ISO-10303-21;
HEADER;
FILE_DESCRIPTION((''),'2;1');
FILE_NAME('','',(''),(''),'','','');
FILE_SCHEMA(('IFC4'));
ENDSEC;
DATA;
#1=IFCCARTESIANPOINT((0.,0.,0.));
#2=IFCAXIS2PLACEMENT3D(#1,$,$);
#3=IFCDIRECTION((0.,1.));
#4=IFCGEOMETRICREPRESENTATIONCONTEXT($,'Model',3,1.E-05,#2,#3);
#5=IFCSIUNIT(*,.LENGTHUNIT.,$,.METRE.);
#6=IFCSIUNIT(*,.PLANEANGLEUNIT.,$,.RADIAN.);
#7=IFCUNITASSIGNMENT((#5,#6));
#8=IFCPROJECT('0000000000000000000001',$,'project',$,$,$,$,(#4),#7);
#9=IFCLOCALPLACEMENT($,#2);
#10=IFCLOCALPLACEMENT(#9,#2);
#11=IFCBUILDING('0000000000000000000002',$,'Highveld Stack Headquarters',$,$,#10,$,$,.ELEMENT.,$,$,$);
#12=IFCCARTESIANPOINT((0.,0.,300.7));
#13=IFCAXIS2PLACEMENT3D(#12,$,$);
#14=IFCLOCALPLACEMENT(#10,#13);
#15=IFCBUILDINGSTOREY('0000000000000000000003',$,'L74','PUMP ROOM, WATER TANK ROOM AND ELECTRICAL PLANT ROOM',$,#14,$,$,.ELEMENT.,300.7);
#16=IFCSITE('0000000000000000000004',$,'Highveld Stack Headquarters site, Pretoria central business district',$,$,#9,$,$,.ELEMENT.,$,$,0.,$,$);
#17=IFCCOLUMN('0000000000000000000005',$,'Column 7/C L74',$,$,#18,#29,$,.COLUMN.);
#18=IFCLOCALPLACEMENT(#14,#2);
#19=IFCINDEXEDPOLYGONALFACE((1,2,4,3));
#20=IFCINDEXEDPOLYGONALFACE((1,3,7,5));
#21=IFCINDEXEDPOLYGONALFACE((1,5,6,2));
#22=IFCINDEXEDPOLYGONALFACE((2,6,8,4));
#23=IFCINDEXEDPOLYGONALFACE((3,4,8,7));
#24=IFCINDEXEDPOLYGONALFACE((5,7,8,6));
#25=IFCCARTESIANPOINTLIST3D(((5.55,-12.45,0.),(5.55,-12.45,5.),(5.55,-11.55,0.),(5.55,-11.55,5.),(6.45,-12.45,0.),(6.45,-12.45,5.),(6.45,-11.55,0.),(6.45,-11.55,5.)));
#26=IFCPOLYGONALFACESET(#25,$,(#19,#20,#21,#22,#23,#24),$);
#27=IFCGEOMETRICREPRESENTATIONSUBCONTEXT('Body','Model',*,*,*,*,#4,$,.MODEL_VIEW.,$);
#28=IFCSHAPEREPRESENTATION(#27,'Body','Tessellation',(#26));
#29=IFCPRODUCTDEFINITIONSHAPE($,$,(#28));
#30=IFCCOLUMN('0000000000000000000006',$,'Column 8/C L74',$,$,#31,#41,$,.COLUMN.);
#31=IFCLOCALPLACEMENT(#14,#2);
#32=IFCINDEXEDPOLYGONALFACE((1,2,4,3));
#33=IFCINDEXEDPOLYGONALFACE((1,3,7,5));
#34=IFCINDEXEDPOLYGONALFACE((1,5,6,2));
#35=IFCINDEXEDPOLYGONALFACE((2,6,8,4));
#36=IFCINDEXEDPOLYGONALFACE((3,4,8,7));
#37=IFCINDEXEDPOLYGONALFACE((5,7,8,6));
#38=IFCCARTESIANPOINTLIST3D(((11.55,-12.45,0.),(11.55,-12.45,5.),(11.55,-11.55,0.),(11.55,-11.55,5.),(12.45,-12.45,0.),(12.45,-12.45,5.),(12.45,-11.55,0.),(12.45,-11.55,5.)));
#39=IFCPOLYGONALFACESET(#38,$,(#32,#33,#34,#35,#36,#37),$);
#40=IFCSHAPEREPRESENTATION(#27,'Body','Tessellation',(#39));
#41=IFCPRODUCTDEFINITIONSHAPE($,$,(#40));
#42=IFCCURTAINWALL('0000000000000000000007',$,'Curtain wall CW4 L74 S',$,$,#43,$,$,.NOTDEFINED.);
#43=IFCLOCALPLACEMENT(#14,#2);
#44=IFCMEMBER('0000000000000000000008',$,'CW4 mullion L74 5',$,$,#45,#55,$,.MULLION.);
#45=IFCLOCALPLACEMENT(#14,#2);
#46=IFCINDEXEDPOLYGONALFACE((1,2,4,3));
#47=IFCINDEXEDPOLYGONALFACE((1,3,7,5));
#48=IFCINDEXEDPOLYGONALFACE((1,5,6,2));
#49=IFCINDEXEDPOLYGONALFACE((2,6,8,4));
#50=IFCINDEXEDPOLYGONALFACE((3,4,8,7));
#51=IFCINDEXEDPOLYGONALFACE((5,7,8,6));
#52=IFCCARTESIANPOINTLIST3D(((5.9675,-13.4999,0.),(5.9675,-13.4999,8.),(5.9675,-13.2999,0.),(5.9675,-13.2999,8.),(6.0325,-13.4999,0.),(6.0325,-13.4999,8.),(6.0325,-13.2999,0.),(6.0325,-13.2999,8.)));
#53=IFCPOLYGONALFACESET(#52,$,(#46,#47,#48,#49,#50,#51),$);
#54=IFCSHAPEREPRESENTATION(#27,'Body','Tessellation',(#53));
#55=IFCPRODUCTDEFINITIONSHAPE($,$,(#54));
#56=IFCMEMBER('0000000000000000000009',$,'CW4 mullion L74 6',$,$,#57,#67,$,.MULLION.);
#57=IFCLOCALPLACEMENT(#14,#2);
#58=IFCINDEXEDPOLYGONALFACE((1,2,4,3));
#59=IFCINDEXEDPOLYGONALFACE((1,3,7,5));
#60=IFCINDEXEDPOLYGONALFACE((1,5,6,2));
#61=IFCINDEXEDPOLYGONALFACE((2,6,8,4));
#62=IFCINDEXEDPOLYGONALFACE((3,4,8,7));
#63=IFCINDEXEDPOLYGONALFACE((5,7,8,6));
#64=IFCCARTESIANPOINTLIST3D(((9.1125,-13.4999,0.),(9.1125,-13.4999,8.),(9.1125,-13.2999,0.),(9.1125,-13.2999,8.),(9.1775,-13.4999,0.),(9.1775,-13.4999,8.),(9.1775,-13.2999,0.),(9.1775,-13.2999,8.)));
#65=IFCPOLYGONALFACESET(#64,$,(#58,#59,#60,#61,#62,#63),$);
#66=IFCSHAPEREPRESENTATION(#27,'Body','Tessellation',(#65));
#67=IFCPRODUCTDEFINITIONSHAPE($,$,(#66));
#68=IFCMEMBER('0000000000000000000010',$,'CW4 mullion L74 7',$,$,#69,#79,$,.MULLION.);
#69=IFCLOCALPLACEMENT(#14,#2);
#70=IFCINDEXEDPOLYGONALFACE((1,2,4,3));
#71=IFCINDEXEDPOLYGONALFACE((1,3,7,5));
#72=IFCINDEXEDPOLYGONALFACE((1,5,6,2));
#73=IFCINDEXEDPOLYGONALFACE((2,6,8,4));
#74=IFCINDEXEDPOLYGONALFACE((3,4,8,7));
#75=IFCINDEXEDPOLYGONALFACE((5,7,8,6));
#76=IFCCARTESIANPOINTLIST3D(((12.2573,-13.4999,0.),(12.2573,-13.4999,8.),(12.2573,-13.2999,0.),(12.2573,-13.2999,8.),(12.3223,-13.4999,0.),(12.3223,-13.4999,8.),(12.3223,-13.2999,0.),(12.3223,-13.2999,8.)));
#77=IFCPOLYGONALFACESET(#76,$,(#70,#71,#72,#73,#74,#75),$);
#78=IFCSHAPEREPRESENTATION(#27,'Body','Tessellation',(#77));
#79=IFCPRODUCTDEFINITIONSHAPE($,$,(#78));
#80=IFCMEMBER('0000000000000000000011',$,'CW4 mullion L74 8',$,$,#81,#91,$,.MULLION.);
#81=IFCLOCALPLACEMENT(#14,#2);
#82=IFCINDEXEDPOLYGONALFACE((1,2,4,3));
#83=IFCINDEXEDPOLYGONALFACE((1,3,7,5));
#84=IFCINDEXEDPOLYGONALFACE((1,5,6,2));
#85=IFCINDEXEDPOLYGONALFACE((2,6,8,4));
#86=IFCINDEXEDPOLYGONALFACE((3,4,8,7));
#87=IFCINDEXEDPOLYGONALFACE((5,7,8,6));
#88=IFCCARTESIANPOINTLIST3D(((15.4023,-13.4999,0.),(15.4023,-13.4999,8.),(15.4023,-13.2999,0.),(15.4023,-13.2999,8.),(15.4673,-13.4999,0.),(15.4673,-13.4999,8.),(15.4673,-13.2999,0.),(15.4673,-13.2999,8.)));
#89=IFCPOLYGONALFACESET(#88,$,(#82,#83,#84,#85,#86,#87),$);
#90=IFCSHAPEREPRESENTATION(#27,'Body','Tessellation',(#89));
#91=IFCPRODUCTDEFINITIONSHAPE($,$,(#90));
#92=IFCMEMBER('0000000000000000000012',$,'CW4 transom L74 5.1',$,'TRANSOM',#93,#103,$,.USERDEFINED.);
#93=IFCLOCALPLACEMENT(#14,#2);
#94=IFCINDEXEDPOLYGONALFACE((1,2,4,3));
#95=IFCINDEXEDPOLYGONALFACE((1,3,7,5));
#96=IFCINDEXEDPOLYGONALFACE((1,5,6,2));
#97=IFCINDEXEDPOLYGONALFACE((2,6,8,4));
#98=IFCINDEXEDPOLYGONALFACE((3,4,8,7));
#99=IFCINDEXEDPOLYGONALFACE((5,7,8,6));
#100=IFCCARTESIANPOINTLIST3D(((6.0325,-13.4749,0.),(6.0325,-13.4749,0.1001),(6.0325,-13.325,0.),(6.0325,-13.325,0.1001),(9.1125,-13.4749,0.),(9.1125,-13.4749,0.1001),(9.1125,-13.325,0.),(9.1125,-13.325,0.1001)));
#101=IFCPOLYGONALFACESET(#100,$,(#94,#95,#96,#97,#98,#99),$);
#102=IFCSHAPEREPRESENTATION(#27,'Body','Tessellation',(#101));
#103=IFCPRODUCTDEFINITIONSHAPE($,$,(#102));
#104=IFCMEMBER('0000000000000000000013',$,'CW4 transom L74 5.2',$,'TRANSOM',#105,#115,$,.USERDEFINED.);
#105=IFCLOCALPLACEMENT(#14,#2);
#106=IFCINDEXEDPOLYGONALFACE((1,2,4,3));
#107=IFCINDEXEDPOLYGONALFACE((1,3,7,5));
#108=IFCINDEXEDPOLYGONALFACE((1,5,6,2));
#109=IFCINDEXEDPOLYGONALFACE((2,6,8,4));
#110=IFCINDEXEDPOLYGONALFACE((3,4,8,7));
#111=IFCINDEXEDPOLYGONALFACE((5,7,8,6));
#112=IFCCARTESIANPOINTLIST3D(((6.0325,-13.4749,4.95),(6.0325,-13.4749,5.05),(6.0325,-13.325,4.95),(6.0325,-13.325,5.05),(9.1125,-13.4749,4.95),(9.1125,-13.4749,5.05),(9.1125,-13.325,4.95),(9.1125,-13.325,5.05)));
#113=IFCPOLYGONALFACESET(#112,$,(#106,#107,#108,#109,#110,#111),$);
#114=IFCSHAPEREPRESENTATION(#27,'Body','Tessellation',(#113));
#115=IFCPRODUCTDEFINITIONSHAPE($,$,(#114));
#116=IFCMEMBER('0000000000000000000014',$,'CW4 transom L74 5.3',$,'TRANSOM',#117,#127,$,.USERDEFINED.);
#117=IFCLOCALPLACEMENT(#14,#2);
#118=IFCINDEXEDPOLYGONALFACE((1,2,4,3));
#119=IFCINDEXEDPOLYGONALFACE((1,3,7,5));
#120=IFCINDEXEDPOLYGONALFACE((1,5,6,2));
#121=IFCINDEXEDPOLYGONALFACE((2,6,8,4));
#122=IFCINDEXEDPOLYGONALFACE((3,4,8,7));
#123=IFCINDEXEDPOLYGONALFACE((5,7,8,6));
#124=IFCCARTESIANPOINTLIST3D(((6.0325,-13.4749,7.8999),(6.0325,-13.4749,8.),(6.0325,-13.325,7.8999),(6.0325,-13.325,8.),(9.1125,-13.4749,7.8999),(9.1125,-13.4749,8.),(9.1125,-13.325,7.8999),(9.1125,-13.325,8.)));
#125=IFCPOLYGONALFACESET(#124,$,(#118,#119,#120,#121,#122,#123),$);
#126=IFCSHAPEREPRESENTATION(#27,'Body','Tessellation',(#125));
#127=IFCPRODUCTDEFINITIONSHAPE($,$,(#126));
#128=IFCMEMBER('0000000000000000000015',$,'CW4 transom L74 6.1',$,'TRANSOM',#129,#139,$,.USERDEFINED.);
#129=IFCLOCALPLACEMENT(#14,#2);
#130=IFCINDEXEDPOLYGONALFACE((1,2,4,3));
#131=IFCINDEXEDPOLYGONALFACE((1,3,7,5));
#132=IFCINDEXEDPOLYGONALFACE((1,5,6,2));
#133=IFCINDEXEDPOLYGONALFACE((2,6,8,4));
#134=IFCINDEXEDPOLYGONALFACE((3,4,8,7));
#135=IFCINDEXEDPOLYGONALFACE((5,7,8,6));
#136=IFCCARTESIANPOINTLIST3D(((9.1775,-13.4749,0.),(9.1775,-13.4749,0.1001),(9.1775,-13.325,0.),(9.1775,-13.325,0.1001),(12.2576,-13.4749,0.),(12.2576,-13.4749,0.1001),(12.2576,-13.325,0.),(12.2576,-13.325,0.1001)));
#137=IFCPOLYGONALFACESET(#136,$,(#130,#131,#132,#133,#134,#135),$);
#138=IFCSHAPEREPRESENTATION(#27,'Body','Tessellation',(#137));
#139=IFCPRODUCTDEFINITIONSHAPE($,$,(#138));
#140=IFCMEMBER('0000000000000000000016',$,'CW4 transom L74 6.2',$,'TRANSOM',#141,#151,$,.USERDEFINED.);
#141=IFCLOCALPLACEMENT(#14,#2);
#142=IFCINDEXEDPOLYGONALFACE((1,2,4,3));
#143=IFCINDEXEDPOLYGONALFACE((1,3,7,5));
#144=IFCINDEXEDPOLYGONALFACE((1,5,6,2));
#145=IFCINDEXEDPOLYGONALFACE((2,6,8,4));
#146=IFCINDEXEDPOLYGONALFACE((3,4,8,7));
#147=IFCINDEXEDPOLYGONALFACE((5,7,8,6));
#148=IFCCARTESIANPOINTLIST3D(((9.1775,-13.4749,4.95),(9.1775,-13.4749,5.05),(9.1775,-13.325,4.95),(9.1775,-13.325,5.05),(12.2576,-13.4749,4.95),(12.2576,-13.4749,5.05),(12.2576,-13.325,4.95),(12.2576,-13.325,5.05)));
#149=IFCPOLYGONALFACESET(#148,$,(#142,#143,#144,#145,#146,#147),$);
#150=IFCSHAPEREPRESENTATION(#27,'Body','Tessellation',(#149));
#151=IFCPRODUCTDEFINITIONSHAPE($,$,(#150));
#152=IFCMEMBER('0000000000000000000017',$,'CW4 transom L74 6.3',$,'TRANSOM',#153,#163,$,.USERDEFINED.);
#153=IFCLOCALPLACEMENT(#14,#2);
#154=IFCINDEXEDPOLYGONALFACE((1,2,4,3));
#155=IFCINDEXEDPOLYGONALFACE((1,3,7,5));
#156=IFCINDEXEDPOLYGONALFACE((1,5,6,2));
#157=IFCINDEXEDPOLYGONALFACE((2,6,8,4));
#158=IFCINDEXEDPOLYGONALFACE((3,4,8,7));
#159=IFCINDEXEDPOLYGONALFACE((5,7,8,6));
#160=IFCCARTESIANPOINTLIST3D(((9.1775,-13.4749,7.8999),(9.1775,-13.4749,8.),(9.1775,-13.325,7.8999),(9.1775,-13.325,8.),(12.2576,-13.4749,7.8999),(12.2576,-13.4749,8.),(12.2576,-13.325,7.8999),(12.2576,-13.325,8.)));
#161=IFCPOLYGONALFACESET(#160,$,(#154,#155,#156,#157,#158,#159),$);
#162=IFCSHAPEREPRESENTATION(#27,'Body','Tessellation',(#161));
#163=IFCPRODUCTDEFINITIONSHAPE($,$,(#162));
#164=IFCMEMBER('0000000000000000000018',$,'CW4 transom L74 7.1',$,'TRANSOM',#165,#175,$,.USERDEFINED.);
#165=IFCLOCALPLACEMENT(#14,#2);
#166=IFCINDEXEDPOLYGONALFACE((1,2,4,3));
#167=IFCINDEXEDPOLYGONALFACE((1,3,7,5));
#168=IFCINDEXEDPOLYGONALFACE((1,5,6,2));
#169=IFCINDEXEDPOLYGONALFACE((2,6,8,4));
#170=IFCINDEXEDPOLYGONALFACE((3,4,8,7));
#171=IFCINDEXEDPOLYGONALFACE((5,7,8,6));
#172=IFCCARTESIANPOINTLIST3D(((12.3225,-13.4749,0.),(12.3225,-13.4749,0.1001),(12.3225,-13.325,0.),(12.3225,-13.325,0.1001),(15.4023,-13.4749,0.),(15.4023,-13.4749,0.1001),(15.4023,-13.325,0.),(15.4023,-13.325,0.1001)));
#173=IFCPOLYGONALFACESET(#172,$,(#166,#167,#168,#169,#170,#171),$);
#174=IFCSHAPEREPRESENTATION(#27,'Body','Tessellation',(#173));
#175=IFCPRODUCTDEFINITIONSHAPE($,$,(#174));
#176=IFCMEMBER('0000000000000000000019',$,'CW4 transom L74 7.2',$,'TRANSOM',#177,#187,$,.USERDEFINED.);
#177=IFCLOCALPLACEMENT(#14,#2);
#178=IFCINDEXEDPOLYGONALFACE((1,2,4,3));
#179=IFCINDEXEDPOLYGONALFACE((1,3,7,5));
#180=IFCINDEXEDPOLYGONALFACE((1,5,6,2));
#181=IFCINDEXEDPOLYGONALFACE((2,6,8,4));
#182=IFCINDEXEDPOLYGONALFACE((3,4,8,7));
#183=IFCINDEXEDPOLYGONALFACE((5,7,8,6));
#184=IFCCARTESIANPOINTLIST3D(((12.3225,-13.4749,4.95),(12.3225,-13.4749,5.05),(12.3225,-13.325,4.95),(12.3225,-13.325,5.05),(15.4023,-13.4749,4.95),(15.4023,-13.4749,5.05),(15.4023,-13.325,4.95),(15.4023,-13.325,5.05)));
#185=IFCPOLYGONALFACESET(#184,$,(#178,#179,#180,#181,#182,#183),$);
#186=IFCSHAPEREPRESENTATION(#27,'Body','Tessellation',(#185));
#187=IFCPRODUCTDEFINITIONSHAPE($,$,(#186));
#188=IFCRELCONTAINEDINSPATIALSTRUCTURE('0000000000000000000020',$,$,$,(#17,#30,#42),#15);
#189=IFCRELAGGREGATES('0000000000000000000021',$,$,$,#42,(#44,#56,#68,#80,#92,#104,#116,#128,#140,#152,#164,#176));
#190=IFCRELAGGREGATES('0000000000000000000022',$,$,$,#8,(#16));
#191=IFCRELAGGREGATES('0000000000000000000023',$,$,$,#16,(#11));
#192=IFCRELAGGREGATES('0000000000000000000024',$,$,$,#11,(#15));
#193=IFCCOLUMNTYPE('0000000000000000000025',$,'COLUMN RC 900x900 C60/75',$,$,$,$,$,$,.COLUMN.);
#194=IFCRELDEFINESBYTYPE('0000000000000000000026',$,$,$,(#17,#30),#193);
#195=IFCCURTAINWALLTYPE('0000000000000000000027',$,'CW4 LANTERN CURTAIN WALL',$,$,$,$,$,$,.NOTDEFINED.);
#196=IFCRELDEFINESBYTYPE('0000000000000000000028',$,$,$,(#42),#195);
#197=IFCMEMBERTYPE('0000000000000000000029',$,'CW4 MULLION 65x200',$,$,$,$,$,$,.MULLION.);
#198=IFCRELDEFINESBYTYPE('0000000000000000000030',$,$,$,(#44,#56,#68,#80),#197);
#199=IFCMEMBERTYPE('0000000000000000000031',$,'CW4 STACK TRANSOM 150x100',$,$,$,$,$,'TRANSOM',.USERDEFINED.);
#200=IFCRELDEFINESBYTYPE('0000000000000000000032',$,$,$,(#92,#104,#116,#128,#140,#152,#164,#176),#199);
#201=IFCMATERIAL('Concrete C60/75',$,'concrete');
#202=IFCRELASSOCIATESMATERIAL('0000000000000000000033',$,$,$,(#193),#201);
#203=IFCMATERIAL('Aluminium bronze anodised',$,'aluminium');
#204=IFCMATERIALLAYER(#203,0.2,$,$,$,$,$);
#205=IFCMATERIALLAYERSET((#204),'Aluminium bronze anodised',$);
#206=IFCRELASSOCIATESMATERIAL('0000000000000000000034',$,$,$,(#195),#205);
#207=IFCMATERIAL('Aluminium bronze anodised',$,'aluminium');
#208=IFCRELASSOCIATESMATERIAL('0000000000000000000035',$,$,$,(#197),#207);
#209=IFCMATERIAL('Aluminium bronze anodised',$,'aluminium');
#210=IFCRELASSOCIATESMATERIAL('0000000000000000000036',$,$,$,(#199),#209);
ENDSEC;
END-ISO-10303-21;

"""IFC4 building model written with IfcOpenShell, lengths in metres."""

from ifc_helpers import new_model, si_unit, direction, frame, origin, origin_2d, place, context, subcontext, project, spatial, rectangle, extrude, material, layer, layer_set, material_profile, profile_set, type_object, element, aggregate, save


model = new_model("IFC4")

# Units and contexts
model_context = context("Model", 3, precision=1e-05, world=origin(), true_north=direction((0.0, 1.0)))
body_context = subcontext(model_context, "Body", "Model", "MODEL_VIEW")
ifc_project = project(units=[si_unit("LENGTHUNIT", "METRE"), si_unit("PLANEANGLEUNIT", "RADIAN")], contexts=[model_context])

# Site, building, storey
site_placement = place(None, origin())
site = spatial("IfcSite", under=ifc_project, at=site_placement, Name="Highveld Stack Headquarters site, Pretoria central business district", CompositionType="ELEMENT", RefElevation=0.0)
building_placement = place(site_placement, origin())
building = spatial("IfcBuilding", under=site, at=building_placement, Name="Highveld Stack Headquarters", CompositionType="ELEMENT")
storey_placement = place(building_placement, frame((0.0, 0.0, 300.7)))
storey = spatial("IfcBuildingStorey", under=building, at=storey_placement, Name="L74", Description="PUMP ROOM, WATER TANK ROOM AND ELECTRICAL PLANT ROOM", CompositionType="ELEMENT", Elevation=300.7)

# Columns
ifc_material_1 = material(Name="Concrete C60/75", Category="concrete")
ifc_material_profile_1 = material_profile(ifc_material_1, rectangle(XDim=0.8999, YDim=0.8999, at=origin_2d()), Name="RC 900x900")
ifc_profile_set_1 = profile_set([ifc_material_profile_1], Name="Concrete C60/75")
column_type = type_object("IfcColumnType", Name="COLUMN RC 900x900 C60/75", PredefinedType="COLUMN", material=ifc_profile_set_1)
for number, where, z_axis, x_axis, name in (
    (1, (6.0, -12.0, 0.0), (0.0, 0.0, 1.0), (1.0, 0.0, 0.0), "Column 7/C L74"),
    (2, (12.0, -12.0, 0.0), (0.0, 0.0, 1.0), (1.0, 0.0, 0.0), "Column 8/C L74"),
):
    element("IfcColumn", number, at=place(storey_placement, frame(where, z_axis=z_axis, x_axis=x_axis)), inside=storey, type_object=column_type, Name=name, PredefinedType="COLUMN", context=body_context, shape_type="SweptSolid", body=[
        extrude(rectangle(XDim=0.8999, YDim=0.8999, at=origin_2d()), origin(), (0.0, 0.0, 1.0), 5.0),
    ])

# Curtain wall, members
ifc_material_2 = material(Name="Aluminium bronze anodised", Category="aluminium")
ifc_layer_1 = layer(ifc_material_2, 0.2)
ifc_layer_set_1 = layer_set([ifc_layer_1], Name="Aluminium bronze anodised")
curtain_wall_type = type_object("IfcCurtainWallType", Name="CW4 LANTERN CURTAIN WALL", PredefinedType="NOTDEFINED", material=ifc_layer_set_1)
curtain_wall_placement = place(storey_placement, origin())
curtain_wall = element("IfcCurtainWall", 3, at=curtain_wall_placement, inside=storey, type_object=curtain_wall_type, Name="Curtain wall CW4 L74 S", PredefinedType="NOTDEFINED")
ifc_material_3 = material(Name="Aluminium bronze anodised", Category="aluminium")
ifc_material_profile_2 = material_profile(ifc_material_3, rectangle(XDim=0.2, YDim=0.0649, at=origin_2d()), Name="CW4 MULLION 65x200")
ifc_profile_set_2 = profile_set([ifc_material_profile_2], Name="Aluminium bronze anodised")
member_type_1 = type_object("IfcMemberType", Name="CW4 MULLION 65x200", PredefinedType="MULLION", material=ifc_profile_set_2)
member_1_placement = place(storey_placement, frame((6.0, -13.3999, 0.0), z_axis=(0.0, 0.0, 1.0), x_axis=(0.0, 1.0, 0.0)))
member_1 = element("IfcMember", 4, at=member_1_placement, type_object=member_type_1, Name="CW4 mullion L74 5", PredefinedType="MULLION", context=body_context, shape_type="SweptSolid", body=[
    extrude(rectangle(XDim=0.2, YDim=0.0649, at=origin_2d()), origin(), (0.0, 0.0, 1.0), 8.0),
])
member_2_placement = place(storey_placement, frame((9.145, -13.3999, 0.0), z_axis=(0.0, 0.0, 1.0), x_axis=(0.0, 1.0, 0.0)))
member_2 = element("IfcMember", 5, at=member_2_placement, type_object=member_type_1, Name="CW4 mullion L74 6", PredefinedType="MULLION", context=body_context, shape_type="SweptSolid", body=[
    extrude(rectangle(XDim=0.2, YDim=0.0649, at=origin_2d()), origin(), (0.0, 0.0, 1.0), 8.0),
])
member_3_placement = place(storey_placement, frame((12.2898, -13.3999, 0.0), z_axis=(0.0, 0.0, 1.0), x_axis=(0.0, 1.0, 0.0)))
member_3 = element("IfcMember", 6, at=member_3_placement, type_object=member_type_1, Name="CW4 mullion L74 7", PredefinedType="MULLION", context=body_context, shape_type="SweptSolid", body=[
    extrude(rectangle(XDim=0.2, YDim=0.0649, at=origin_2d()), origin(), (0.0, 0.0, 1.0), 8.0),
])
member_4_placement = place(storey_placement, frame((15.4348, -13.3999, 0.0), z_axis=(0.0, 0.0, 1.0), x_axis=(0.0, 1.0, 0.0)))
member_4 = element("IfcMember", 7, at=member_4_placement, type_object=member_type_1, Name="CW4 mullion L74 8", PredefinedType="MULLION", context=body_context, shape_type="SweptSolid", body=[
    extrude(rectangle(XDim=0.2, YDim=0.0649, at=origin_2d()), origin(), (0.0, 0.0, 1.0), 8.0),
])
ifc_material_4 = material(Name="Aluminium bronze anodised", Category="aluminium")
ifc_material_profile_3 = material_profile(ifc_material_4, rectangle(XDim=0.1499, YDim=0.1001, at=origin_2d()), Name="CW4 TRANSOM 150x100")
ifc_profile_set_3 = profile_set([ifc_material_profile_3], Name="Aluminium bronze anodised")
member_type_2 = type_object("IfcMemberType", Name="CW4 STACK TRANSOM 150x100", ElementType="TRANSOM", PredefinedType="USERDEFINED", material=ifc_profile_set_3)
member_5_placement = place(storey_placement, frame((6.0325, -13.3999, 0.05), z_axis=(1.0, 0.0, 0.0), x_axis=(0.0, 1.0, 0.0)))
member_5 = element("IfcMember", 8, at=member_5_placement, type_object=member_type_2, Name="CW4 transom L74 5.1", ObjectType="TRANSOM", PredefinedType="USERDEFINED", context=body_context, shape_type="SweptSolid", body=[
    extrude(rectangle(XDim=0.1499, YDim=0.1001, at=origin_2d()), origin(), (0.0, 0.0, 1.0), 3.0801),
])
member_6_placement = place(storey_placement, frame((6.0325, -13.3999, 5.0), z_axis=(1.0, 0.0, 0.0), x_axis=(0.0, 1.0, 0.0)))
member_6 = element("IfcMember", 9, at=member_6_placement, type_object=member_type_2, Name="CW4 transom L74 5.2", ObjectType="TRANSOM", PredefinedType="USERDEFINED", context=body_context, shape_type="SweptSolid", body=[
    extrude(rectangle(XDim=0.1499, YDim=0.1001, at=origin_2d()), origin(), (0.0, 0.0, 1.0), 3.0801),
])
member_7_placement = place(storey_placement, frame((6.0325, -13.3999, 7.95), z_axis=(1.0, 0.0, 0.0), x_axis=(0.0, 1.0, 0.0)))
member_7 = element("IfcMember", 10, at=member_7_placement, type_object=member_type_2, Name="CW4 transom L74 5.3", ObjectType="TRANSOM", PredefinedType="USERDEFINED", context=body_context, shape_type="SweptSolid", body=[
    extrude(rectangle(XDim=0.1499, YDim=0.1001, at=origin_2d()), origin(), (0.0, 0.0, 1.0), 3.0801),
])
member_8_placement = place(storey_placement, frame((9.1775, -13.3999, 0.05), z_axis=(1.0, 0.0, 0.0), x_axis=(0.0, 1.0, 0.0)))
member_8 = element("IfcMember", 11, at=member_8_placement, type_object=member_type_2, Name="CW4 transom L74 6.1", ObjectType="TRANSOM", PredefinedType="USERDEFINED", context=body_context, shape_type="SweptSolid", body=[
    extrude(rectangle(XDim=0.1499, YDim=0.1001, at=origin_2d()), origin(), (0.0, 0.0, 1.0), 3.0801),
])
member_9_placement = place(storey_placement, frame((9.1775, -13.3999, 5.0), z_axis=(1.0, 0.0, 0.0), x_axis=(0.0, 1.0, 0.0)))
member_9 = element("IfcMember", 12, at=member_9_placement, type_object=member_type_2, Name="CW4 transom L74 6.2", ObjectType="TRANSOM", PredefinedType="USERDEFINED", context=body_context, shape_type="SweptSolid", body=[
    extrude(rectangle(XDim=0.1499, YDim=0.1001, at=origin_2d()), origin(), (0.0, 0.0, 1.0), 3.0801),
])
member_10_placement = place(storey_placement, frame((9.1775, -13.3999, 7.95), z_axis=(1.0, 0.0, 0.0), x_axis=(0.0, 1.0, 0.0)))
member_10 = element("IfcMember", 13, at=member_10_placement, type_object=member_type_2, Name="CW4 transom L74 6.3", ObjectType="TRANSOM", PredefinedType="USERDEFINED", context=body_context, shape_type="SweptSolid", body=[
    extrude(rectangle(XDim=0.1499, YDim=0.1001, at=origin_2d()), origin(), (0.0, 0.0, 1.0), 3.0801),
])
member_11_placement = place(storey_placement, frame((12.3225, -13.3999, 0.05), z_axis=(1.0, 0.0, 0.0), x_axis=(0.0, 1.0, 0.0)))
member_11 = element("IfcMember", 14, at=member_11_placement, type_object=member_type_2, Name="CW4 transom L74 7.1", ObjectType="TRANSOM", PredefinedType="USERDEFINED", context=body_context, shape_type="SweptSolid", body=[
    extrude(rectangle(XDim=0.1499, YDim=0.1001, at=origin_2d()), origin(), (0.0, 0.0, 1.0), 3.0798),
])
member_12_placement = place(storey_placement, frame((12.3225, -13.3999, 5.0), z_axis=(1.0, 0.0, 0.0), x_axis=(0.0, 1.0, 0.0)))
member_12 = element("IfcMember", 15, at=member_12_placement, type_object=member_type_2, Name="CW4 transom L74 7.2", ObjectType="TRANSOM", PredefinedType="USERDEFINED", context=body_context, shape_type="SweptSolid", body=[
    extrude(rectangle(XDim=0.1499, YDim=0.1001, at=origin_2d()), origin(), (0.0, 0.0, 1.0), 3.0798),
])
aggregate(curtain_wall, [member_1, member_2, member_3, member_4, member_5, member_6, member_7, member_8, member_9, member_10, member_11, member_12])

save(model, "model.ifc")
